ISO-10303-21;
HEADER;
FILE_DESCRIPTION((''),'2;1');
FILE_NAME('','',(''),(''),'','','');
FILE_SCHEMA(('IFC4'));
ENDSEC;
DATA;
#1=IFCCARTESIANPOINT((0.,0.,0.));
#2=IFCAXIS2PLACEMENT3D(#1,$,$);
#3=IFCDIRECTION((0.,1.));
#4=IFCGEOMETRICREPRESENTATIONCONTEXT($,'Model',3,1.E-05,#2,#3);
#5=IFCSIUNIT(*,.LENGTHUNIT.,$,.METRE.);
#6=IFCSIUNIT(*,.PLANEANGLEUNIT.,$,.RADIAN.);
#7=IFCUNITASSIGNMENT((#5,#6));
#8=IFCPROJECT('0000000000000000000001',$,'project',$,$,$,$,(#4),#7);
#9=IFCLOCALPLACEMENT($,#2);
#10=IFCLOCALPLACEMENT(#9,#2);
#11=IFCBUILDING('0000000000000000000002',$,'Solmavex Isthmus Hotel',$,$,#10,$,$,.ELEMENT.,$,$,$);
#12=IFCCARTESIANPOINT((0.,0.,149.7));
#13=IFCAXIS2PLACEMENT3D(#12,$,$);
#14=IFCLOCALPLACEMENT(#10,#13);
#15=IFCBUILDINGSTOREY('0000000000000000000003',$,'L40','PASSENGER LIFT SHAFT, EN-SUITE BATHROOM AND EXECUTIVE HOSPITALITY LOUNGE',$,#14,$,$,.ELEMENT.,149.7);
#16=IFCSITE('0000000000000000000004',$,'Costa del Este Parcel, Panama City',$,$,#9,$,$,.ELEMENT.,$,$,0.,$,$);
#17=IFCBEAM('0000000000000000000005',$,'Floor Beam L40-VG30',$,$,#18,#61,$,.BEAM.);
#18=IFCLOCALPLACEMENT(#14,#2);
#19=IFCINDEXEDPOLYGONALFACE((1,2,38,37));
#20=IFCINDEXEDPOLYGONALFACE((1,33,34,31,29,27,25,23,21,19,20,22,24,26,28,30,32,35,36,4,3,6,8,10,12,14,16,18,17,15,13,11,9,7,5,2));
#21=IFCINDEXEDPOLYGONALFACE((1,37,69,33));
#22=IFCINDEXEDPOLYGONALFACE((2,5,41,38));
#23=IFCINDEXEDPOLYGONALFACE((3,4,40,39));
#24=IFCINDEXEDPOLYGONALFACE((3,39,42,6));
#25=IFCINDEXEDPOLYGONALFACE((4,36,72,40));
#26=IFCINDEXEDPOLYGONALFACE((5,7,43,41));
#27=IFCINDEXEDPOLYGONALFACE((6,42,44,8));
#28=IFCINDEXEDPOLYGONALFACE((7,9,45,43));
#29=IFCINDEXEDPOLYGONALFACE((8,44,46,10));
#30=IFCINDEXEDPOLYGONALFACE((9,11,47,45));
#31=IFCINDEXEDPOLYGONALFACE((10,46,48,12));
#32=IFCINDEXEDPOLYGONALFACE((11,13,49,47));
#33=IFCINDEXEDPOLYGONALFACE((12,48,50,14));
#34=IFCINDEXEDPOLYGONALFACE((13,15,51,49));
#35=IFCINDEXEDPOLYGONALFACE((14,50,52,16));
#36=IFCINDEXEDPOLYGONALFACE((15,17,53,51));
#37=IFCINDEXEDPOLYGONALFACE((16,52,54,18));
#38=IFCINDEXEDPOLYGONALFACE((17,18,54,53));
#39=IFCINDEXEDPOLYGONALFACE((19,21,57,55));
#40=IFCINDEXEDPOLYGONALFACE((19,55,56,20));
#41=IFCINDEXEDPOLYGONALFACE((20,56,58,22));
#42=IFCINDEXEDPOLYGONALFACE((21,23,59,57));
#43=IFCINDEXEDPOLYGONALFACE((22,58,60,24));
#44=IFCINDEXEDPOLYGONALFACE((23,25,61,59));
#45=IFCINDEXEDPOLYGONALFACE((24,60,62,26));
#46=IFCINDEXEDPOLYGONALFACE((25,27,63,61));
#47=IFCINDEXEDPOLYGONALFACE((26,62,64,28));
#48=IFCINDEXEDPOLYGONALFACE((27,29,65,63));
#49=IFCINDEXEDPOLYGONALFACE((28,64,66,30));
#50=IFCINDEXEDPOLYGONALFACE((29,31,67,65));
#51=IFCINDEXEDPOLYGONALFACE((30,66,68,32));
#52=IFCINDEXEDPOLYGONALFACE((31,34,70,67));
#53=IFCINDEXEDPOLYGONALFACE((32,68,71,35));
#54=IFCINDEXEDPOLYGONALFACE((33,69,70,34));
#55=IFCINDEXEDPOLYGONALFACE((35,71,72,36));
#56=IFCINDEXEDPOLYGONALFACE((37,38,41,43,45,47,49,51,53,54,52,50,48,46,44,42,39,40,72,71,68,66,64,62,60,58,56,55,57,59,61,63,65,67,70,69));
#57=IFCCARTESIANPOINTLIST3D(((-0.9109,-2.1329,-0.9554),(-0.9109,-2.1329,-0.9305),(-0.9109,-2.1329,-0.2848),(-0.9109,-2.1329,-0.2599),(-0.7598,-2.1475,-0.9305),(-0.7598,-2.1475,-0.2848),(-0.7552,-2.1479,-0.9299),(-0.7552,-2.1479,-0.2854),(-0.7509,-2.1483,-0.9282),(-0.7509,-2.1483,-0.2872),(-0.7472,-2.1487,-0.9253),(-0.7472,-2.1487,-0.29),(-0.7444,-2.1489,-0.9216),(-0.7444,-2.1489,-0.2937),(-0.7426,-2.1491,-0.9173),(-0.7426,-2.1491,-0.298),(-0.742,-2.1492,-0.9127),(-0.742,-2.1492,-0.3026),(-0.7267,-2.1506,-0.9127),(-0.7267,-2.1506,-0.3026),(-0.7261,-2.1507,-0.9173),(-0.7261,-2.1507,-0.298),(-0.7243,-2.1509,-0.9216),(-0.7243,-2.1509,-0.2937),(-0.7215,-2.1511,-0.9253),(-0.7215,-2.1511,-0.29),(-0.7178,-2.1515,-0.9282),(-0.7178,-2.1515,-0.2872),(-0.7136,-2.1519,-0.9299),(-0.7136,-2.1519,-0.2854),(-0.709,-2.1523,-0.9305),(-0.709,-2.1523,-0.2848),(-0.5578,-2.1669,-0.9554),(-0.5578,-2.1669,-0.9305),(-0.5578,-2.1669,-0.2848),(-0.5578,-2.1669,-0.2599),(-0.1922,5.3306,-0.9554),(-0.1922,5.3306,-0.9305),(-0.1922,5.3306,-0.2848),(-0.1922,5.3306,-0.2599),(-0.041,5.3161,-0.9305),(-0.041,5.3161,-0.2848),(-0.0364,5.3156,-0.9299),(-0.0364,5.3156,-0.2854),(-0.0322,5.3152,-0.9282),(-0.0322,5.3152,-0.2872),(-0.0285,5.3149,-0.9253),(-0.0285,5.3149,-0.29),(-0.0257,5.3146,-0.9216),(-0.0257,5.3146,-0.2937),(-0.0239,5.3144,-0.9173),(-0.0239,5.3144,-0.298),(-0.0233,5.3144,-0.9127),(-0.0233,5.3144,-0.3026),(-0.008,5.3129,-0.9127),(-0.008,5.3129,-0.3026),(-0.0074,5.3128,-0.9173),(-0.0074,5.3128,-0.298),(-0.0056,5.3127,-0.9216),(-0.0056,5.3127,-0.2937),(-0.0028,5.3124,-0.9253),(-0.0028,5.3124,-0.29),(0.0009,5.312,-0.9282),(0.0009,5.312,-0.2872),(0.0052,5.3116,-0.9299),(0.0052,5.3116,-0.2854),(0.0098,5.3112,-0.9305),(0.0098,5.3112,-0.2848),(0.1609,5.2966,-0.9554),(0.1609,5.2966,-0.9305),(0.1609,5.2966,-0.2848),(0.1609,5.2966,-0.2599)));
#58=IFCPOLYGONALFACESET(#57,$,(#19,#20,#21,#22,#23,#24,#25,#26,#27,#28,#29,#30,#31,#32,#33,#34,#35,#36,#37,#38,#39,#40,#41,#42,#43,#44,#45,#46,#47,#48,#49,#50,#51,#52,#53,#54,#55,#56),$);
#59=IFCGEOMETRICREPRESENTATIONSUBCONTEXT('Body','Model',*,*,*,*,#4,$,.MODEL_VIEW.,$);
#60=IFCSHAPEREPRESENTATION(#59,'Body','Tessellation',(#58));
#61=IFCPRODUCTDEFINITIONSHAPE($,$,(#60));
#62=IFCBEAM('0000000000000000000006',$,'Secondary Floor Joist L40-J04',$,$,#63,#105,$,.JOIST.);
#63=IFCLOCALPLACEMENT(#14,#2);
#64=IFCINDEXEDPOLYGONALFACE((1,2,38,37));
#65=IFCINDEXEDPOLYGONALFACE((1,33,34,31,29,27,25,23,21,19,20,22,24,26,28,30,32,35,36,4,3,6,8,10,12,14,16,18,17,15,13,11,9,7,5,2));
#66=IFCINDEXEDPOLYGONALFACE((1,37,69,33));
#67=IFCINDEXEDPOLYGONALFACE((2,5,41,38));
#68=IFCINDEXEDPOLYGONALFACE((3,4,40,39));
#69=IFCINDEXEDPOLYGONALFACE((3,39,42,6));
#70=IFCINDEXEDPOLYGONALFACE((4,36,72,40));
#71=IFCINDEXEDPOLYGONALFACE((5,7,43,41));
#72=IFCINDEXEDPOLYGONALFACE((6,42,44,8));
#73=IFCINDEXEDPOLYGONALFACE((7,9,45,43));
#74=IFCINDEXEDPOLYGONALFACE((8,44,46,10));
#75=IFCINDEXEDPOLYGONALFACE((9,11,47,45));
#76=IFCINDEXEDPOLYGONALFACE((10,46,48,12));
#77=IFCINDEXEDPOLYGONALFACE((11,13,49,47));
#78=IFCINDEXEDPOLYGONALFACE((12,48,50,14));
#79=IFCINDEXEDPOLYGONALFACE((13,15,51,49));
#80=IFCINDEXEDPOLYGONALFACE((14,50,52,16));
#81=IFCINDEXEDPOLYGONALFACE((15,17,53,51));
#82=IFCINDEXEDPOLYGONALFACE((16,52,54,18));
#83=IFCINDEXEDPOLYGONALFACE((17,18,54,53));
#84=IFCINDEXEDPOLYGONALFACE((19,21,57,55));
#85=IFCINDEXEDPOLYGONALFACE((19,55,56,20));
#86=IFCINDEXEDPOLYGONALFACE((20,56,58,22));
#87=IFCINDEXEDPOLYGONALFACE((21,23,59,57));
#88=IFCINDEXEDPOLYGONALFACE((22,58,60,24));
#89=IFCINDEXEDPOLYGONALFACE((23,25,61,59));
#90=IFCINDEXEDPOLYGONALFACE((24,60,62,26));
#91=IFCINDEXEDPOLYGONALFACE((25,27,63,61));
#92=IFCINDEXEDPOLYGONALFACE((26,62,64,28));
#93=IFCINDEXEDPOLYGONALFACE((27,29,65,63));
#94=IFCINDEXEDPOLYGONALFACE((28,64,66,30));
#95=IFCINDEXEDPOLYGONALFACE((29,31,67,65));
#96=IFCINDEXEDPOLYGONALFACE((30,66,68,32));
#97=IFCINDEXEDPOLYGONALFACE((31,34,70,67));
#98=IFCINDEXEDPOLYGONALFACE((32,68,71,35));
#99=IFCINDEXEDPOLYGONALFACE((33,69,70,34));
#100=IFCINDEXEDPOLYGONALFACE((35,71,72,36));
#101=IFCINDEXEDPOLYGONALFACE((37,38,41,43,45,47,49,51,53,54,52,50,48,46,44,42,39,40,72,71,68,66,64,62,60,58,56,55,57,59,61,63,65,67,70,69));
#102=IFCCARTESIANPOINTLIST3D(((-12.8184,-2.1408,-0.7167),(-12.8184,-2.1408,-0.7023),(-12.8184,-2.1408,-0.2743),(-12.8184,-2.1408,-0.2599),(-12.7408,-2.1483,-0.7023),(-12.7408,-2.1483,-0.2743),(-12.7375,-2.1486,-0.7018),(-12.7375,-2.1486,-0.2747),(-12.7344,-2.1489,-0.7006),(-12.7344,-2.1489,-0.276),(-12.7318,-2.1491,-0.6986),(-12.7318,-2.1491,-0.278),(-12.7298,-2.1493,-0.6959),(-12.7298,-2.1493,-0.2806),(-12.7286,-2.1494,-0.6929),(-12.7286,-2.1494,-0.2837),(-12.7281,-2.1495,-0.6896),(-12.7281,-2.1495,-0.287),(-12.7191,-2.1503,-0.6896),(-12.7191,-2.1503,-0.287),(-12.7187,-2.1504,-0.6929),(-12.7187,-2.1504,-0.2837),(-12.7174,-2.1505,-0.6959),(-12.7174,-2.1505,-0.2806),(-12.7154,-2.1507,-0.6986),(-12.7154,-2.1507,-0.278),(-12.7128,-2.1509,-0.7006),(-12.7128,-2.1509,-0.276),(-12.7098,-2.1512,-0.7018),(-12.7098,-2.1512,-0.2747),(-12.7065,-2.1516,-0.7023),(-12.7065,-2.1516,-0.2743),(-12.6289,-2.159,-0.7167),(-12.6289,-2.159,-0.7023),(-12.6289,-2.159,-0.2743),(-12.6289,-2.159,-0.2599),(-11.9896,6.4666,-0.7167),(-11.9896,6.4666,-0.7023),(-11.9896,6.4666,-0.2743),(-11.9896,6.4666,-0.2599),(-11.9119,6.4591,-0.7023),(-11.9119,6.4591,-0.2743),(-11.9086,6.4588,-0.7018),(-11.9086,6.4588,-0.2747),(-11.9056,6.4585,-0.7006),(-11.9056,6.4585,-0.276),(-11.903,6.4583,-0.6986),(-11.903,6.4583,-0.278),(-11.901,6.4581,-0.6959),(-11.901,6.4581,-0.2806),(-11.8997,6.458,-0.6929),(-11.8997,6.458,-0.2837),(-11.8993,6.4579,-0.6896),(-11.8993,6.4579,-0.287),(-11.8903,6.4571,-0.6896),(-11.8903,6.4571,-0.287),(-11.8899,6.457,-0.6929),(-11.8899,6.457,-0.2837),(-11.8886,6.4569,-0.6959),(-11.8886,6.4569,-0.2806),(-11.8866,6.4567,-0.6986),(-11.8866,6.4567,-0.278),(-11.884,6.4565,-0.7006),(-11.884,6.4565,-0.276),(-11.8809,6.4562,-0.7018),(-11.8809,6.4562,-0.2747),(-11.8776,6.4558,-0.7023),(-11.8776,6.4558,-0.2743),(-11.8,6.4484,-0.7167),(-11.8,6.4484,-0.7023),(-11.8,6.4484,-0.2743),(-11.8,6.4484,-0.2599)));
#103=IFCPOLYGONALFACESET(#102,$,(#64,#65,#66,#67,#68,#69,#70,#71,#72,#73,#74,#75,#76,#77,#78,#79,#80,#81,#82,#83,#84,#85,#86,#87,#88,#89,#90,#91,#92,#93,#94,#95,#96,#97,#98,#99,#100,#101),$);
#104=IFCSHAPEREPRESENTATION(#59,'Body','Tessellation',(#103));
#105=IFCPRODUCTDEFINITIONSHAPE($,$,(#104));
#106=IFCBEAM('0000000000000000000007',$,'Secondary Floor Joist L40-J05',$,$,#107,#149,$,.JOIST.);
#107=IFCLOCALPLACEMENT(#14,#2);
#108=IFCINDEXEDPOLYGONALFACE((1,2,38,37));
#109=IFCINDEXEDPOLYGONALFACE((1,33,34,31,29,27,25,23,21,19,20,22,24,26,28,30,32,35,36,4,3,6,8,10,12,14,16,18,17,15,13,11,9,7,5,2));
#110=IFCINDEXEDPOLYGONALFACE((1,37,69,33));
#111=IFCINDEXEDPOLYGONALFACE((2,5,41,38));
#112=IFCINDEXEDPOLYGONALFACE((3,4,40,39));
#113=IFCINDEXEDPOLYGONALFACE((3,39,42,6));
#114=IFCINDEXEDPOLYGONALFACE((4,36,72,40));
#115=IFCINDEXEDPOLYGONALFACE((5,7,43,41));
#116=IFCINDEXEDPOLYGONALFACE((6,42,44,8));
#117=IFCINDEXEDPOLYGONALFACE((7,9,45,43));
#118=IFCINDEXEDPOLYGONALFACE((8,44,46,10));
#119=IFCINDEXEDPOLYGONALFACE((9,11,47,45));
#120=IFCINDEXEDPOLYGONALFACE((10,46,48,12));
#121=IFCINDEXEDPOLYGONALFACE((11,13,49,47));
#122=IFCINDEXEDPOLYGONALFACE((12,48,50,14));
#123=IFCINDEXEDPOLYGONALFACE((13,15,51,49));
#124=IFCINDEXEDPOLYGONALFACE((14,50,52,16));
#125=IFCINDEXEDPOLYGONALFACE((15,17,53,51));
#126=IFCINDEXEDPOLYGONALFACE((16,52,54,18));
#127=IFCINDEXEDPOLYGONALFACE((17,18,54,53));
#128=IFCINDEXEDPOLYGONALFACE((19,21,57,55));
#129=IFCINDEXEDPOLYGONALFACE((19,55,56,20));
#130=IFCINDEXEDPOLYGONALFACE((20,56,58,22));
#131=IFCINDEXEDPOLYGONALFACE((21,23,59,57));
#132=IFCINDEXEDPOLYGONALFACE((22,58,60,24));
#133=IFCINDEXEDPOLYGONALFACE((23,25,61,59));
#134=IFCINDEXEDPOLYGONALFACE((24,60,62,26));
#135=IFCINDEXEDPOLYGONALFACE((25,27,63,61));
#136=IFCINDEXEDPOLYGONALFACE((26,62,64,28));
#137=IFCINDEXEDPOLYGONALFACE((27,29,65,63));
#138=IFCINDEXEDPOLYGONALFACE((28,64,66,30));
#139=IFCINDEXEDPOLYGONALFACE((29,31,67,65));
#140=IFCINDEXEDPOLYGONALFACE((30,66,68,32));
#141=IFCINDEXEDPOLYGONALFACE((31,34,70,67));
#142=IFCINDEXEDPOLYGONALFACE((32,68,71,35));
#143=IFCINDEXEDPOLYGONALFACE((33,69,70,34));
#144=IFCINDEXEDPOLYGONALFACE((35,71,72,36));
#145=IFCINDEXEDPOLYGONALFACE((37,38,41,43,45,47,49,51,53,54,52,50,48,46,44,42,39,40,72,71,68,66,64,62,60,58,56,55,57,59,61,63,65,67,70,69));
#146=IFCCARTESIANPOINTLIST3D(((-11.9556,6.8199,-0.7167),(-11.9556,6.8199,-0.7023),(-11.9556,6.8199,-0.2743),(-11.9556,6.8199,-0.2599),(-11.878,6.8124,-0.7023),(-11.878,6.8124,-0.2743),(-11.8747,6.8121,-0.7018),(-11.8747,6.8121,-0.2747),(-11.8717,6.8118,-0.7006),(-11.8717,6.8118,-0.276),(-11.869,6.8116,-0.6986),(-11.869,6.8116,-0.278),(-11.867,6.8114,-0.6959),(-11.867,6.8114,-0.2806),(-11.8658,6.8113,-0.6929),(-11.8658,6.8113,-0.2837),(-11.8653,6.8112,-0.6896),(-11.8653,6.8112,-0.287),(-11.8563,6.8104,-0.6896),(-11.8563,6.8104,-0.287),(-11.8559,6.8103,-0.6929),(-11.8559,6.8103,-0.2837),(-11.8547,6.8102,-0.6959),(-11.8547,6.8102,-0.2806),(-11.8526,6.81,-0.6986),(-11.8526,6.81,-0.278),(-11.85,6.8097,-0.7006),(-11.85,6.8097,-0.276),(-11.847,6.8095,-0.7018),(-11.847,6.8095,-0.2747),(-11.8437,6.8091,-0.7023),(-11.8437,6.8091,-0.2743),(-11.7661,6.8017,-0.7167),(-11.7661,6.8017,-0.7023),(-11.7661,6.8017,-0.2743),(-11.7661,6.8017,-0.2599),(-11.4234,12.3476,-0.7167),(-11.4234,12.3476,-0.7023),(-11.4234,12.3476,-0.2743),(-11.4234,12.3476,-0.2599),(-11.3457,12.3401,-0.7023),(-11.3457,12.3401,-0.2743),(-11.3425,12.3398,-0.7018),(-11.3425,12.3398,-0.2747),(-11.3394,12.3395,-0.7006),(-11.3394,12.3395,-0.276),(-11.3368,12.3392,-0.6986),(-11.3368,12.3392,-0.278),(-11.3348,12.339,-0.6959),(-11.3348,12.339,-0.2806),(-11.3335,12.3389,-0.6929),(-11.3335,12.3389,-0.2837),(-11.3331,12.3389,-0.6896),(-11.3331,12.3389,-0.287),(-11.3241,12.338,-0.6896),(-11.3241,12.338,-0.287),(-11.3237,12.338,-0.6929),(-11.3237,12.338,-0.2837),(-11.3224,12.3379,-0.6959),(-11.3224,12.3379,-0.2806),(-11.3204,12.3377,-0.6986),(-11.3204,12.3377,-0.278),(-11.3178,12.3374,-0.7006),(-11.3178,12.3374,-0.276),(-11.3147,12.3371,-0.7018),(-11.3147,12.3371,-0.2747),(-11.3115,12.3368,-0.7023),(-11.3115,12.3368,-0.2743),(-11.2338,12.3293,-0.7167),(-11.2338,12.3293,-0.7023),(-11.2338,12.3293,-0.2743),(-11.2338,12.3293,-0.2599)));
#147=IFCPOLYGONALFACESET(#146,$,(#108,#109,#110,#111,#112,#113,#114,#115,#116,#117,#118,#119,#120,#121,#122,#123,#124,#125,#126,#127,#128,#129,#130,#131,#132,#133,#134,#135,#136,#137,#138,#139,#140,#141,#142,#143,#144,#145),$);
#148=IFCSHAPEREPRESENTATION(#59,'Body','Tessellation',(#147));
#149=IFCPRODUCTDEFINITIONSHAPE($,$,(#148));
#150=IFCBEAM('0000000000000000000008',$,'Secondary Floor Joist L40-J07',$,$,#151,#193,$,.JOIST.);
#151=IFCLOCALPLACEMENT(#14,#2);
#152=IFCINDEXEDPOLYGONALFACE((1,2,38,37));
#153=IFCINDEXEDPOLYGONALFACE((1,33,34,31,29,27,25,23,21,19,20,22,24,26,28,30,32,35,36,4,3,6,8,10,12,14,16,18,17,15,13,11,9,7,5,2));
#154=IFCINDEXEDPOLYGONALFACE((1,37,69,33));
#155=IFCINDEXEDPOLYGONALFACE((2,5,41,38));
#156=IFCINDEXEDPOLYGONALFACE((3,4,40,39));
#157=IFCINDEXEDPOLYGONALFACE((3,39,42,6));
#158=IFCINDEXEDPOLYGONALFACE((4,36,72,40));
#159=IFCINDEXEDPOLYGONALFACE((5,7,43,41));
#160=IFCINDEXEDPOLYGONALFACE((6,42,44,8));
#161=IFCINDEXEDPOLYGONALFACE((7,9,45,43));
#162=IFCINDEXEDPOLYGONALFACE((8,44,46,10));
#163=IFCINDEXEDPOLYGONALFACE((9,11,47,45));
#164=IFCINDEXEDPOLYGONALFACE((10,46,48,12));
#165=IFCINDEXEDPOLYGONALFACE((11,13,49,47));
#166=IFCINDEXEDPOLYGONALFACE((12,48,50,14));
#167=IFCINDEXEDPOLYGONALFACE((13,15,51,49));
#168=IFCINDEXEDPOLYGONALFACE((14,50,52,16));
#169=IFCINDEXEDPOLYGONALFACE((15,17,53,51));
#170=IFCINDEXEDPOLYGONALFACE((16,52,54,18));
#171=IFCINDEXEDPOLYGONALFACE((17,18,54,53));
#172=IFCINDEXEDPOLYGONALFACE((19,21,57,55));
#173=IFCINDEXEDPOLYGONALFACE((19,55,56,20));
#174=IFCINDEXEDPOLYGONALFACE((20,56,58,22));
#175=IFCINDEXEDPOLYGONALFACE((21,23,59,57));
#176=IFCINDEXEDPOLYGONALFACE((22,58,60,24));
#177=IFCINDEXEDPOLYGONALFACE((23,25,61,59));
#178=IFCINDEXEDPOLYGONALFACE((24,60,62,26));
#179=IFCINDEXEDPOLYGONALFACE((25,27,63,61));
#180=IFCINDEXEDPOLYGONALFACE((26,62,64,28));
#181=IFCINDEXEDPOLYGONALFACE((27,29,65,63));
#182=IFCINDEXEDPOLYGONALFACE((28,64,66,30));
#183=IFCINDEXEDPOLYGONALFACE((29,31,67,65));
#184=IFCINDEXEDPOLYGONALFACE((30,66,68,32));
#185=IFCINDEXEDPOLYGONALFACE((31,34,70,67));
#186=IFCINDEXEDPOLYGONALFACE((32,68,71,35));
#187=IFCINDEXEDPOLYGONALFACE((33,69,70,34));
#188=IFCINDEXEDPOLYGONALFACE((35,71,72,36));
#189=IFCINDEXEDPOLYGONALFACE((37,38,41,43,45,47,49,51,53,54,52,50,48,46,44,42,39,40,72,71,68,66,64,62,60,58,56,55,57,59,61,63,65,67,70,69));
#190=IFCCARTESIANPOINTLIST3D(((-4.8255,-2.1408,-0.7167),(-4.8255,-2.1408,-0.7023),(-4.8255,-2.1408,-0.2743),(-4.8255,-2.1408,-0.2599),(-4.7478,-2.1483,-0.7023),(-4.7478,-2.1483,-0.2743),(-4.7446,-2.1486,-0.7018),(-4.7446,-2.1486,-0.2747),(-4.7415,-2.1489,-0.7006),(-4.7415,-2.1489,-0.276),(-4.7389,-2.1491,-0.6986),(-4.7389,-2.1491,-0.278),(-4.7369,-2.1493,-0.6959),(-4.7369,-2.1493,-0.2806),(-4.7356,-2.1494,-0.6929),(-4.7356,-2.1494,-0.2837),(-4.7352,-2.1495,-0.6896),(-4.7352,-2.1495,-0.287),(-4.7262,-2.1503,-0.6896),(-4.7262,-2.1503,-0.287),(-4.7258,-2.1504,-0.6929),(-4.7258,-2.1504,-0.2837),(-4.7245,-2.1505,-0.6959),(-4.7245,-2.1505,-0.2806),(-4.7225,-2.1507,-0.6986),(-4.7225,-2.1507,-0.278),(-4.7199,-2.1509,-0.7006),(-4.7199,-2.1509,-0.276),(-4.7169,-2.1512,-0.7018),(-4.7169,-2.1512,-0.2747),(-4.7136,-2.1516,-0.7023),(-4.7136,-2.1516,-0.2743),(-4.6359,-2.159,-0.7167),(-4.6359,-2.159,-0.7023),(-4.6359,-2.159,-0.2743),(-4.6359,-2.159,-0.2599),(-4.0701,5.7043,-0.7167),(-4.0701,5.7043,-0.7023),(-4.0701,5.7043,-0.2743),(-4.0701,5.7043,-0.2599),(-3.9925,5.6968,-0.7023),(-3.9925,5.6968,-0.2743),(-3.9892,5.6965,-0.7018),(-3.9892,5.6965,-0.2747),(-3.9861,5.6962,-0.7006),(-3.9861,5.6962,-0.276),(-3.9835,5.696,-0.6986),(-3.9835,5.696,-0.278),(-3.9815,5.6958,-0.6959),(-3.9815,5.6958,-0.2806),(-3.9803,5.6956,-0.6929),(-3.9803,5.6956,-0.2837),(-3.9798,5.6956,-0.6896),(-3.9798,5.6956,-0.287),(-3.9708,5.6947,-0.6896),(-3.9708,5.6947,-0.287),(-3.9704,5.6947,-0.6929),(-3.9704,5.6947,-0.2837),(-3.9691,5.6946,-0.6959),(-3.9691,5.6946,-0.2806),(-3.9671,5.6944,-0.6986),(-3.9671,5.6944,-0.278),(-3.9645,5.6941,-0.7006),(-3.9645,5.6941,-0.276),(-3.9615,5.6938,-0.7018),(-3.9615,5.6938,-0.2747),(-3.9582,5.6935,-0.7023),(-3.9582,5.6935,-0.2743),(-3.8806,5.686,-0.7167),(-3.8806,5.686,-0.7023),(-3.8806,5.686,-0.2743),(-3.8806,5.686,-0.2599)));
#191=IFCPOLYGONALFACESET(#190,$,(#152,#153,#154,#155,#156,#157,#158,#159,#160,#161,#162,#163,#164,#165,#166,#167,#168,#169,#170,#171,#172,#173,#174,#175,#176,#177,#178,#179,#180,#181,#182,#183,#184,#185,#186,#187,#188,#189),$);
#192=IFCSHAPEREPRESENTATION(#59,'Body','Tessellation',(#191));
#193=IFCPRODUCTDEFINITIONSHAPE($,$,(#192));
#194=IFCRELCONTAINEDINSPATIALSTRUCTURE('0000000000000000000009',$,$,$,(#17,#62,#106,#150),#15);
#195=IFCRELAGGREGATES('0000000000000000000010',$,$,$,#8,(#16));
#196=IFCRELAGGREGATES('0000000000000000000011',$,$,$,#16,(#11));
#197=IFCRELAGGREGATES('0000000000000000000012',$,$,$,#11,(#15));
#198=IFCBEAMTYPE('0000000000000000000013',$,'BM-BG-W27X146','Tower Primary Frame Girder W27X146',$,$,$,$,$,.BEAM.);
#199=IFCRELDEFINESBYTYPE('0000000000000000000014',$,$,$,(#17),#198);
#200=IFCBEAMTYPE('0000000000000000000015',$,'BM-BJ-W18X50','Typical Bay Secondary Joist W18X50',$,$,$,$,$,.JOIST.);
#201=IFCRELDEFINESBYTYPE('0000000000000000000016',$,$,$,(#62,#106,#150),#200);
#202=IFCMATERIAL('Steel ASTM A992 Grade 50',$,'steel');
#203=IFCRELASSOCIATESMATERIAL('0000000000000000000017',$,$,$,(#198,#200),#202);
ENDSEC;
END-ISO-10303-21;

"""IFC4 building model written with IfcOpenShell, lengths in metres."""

from ifc_helpers import new_model, si_unit, direction, frame, origin, origin_2d, place, context, subcontext, project, spatial, i_section, extrude, material, material_profile, profile_set, type_object, element, save


model = new_model("IFC4")

# Units and contexts
model_context = context("Model", 3, precision=1e-05, world=origin(), true_north=direction((0.0, 1.0)))
body_context = subcontext(model_context, "Body", "Model", "MODEL_VIEW")
ifc_project = project(units=[si_unit("LENGTHUNIT", "METRE"), si_unit("PLANEANGLEUNIT", "RADIAN")], contexts=[model_context])

# Site, building, storey
site_placement = place(None, origin())
site = spatial("IfcSite", under=ifc_project, at=site_placement, Name="Costa del Este Parcel, Panama City", CompositionType="ELEMENT", RefElevation=0.0)
building_placement = place(site_placement, origin())
building = spatial("IfcBuilding", under=site, at=building_placement, Name="Solmavex Isthmus Hotel", CompositionType="ELEMENT")
storey_placement = place(building_placement, frame((0.0, 0.0, 149.7)))
storey = spatial("IfcBuildingStorey", under=building, at=storey_placement, Name="L40", Description="PASSENGER LIFT SHAFT, EN-SUITE BATHROOM AND EXECUTIVE HOSPITALITY LOUNGE", CompositionType="ELEMENT", Elevation=149.7)

# Beams
ifc_material_1 = material(Name="Steel ASTM A992 Grade 50", Category="steel")
ifc_material_profile_1 = material_profile(ifc_material_1, i_section(OverallWidth=0.3547, OverallDepth=0.6956, WebThickness=0.0154, FlangeThickness=0.0249, FilletRadius=0.0178, at=origin_2d()), Name="W27X146")
ifc_profile_set_1 = profile_set([ifc_material_profile_1], Name="Steel ASTM A992 Grade 50")
beam_type_1 = type_object("IfcBeamType", Name="BM-BG-W27X146", Description="Tower Primary Frame Girder W27X146", PredefinedType="BEAM", material=ifc_profile_set_1)
beam_1_placement = place(storey_placement, frame((-0.7344, -2.1499, -0.6077), z_axis=(0.095857, 0.995395, 0.0), x_axis=(-0.995395, 0.095857, 0.0)))
element("IfcBeam", 1, at=beam_1_placement, inside=storey, type_object=beam_type_1, Name="Floor Beam L40-VG30", PredefinedType="BEAM", context=body_context, shape_type="SweptSolid", body=[
    extrude(i_section(OverallWidth=0.3547, OverallDepth=0.6956, WebThickness=0.0154, FlangeThickness=0.0249, FilletRadius=0.0178, at=origin_2d()), origin(), (0.0, 0.0, 1.0), 7.498),
])
ifc_material_profile_2 = material_profile(ifc_material_1, i_section(OverallWidth=0.1904, OverallDepth=0.4568, WebThickness=0.009, FlangeThickness=0.0144, FilletRadius=0.0127, at=origin_2d()), Name="W18X50")
ifc_profile_set_2 = profile_set([ifc_material_profile_2], Name="Steel ASTM A992 Grade 50")
beam_type_2 = type_object("IfcBeamType", Name="BM-BJ-W18X50", Description="Typical Bay Secondary Joist W18X50", PredefinedType="JOIST", material=ifc_profile_set_2)
beam_2_placement = place(storey_placement, frame((-12.7236, -2.1499, -0.4883), z_axis=(0.095852, 0.995396, 0.0), x_axis=(-0.995396, 0.095852, 0.0)))
element("IfcBeam", 2, at=beam_2_placement, inside=storey, type_object=beam_type_2, Name="Secondary Floor Joist L40-J04", PredefinedType="JOIST", context=body_context, shape_type="SweptSolid", body=[
    extrude(i_section(OverallWidth=0.1904, OverallDepth=0.4568, WebThickness=0.009, FlangeThickness=0.0144, FilletRadius=0.0127, at=origin_2d()), origin(), (0.0, 0.0, 1.0), 8.6472),
])
beam_3_placement = place(storey_placement, frame((-11.8608, 6.8108, -0.4883), z_axis=(0.095842, 0.995397, 0.0), x_axis=(-0.995397, 0.095842, 0.0)))
element("IfcBeam", 3, at=beam_3_placement, inside=storey, type_object=beam_type_2, Name="Secondary Floor Joist L40-J05", PredefinedType="JOIST", context=body_context, shape_type="SweptSolid", body=[
    extrude(i_section(OverallWidth=0.1904, OverallDepth=0.4568, WebThickness=0.009, FlangeThickness=0.0144, FilletRadius=0.0127, at=origin_2d()), origin(), (0.0, 0.0, 1.0), 5.5532),
])
beam_4_placement = place(storey_placement, frame((-4.7307, -2.1499, -0.4883), z_axis=(0.095844, 0.995396, 0.0), x_axis=(-0.995396, 0.095844, 0.0)))
element("IfcBeam", 4, at=beam_4_placement, inside=storey, type_object=beam_type_2, Name="Secondary Floor Joist L40-J07", PredefinedType="JOIST", context=body_context, shape_type="SweptSolid", body=[
    extrude(i_section(OverallWidth=0.1904, OverallDepth=0.4568, WebThickness=0.009, FlangeThickness=0.0144, FilletRadius=0.0127, at=origin_2d()), origin(), (0.0, 0.0, 1.0), 7.8813),
])

save(model, "model.ifc")
